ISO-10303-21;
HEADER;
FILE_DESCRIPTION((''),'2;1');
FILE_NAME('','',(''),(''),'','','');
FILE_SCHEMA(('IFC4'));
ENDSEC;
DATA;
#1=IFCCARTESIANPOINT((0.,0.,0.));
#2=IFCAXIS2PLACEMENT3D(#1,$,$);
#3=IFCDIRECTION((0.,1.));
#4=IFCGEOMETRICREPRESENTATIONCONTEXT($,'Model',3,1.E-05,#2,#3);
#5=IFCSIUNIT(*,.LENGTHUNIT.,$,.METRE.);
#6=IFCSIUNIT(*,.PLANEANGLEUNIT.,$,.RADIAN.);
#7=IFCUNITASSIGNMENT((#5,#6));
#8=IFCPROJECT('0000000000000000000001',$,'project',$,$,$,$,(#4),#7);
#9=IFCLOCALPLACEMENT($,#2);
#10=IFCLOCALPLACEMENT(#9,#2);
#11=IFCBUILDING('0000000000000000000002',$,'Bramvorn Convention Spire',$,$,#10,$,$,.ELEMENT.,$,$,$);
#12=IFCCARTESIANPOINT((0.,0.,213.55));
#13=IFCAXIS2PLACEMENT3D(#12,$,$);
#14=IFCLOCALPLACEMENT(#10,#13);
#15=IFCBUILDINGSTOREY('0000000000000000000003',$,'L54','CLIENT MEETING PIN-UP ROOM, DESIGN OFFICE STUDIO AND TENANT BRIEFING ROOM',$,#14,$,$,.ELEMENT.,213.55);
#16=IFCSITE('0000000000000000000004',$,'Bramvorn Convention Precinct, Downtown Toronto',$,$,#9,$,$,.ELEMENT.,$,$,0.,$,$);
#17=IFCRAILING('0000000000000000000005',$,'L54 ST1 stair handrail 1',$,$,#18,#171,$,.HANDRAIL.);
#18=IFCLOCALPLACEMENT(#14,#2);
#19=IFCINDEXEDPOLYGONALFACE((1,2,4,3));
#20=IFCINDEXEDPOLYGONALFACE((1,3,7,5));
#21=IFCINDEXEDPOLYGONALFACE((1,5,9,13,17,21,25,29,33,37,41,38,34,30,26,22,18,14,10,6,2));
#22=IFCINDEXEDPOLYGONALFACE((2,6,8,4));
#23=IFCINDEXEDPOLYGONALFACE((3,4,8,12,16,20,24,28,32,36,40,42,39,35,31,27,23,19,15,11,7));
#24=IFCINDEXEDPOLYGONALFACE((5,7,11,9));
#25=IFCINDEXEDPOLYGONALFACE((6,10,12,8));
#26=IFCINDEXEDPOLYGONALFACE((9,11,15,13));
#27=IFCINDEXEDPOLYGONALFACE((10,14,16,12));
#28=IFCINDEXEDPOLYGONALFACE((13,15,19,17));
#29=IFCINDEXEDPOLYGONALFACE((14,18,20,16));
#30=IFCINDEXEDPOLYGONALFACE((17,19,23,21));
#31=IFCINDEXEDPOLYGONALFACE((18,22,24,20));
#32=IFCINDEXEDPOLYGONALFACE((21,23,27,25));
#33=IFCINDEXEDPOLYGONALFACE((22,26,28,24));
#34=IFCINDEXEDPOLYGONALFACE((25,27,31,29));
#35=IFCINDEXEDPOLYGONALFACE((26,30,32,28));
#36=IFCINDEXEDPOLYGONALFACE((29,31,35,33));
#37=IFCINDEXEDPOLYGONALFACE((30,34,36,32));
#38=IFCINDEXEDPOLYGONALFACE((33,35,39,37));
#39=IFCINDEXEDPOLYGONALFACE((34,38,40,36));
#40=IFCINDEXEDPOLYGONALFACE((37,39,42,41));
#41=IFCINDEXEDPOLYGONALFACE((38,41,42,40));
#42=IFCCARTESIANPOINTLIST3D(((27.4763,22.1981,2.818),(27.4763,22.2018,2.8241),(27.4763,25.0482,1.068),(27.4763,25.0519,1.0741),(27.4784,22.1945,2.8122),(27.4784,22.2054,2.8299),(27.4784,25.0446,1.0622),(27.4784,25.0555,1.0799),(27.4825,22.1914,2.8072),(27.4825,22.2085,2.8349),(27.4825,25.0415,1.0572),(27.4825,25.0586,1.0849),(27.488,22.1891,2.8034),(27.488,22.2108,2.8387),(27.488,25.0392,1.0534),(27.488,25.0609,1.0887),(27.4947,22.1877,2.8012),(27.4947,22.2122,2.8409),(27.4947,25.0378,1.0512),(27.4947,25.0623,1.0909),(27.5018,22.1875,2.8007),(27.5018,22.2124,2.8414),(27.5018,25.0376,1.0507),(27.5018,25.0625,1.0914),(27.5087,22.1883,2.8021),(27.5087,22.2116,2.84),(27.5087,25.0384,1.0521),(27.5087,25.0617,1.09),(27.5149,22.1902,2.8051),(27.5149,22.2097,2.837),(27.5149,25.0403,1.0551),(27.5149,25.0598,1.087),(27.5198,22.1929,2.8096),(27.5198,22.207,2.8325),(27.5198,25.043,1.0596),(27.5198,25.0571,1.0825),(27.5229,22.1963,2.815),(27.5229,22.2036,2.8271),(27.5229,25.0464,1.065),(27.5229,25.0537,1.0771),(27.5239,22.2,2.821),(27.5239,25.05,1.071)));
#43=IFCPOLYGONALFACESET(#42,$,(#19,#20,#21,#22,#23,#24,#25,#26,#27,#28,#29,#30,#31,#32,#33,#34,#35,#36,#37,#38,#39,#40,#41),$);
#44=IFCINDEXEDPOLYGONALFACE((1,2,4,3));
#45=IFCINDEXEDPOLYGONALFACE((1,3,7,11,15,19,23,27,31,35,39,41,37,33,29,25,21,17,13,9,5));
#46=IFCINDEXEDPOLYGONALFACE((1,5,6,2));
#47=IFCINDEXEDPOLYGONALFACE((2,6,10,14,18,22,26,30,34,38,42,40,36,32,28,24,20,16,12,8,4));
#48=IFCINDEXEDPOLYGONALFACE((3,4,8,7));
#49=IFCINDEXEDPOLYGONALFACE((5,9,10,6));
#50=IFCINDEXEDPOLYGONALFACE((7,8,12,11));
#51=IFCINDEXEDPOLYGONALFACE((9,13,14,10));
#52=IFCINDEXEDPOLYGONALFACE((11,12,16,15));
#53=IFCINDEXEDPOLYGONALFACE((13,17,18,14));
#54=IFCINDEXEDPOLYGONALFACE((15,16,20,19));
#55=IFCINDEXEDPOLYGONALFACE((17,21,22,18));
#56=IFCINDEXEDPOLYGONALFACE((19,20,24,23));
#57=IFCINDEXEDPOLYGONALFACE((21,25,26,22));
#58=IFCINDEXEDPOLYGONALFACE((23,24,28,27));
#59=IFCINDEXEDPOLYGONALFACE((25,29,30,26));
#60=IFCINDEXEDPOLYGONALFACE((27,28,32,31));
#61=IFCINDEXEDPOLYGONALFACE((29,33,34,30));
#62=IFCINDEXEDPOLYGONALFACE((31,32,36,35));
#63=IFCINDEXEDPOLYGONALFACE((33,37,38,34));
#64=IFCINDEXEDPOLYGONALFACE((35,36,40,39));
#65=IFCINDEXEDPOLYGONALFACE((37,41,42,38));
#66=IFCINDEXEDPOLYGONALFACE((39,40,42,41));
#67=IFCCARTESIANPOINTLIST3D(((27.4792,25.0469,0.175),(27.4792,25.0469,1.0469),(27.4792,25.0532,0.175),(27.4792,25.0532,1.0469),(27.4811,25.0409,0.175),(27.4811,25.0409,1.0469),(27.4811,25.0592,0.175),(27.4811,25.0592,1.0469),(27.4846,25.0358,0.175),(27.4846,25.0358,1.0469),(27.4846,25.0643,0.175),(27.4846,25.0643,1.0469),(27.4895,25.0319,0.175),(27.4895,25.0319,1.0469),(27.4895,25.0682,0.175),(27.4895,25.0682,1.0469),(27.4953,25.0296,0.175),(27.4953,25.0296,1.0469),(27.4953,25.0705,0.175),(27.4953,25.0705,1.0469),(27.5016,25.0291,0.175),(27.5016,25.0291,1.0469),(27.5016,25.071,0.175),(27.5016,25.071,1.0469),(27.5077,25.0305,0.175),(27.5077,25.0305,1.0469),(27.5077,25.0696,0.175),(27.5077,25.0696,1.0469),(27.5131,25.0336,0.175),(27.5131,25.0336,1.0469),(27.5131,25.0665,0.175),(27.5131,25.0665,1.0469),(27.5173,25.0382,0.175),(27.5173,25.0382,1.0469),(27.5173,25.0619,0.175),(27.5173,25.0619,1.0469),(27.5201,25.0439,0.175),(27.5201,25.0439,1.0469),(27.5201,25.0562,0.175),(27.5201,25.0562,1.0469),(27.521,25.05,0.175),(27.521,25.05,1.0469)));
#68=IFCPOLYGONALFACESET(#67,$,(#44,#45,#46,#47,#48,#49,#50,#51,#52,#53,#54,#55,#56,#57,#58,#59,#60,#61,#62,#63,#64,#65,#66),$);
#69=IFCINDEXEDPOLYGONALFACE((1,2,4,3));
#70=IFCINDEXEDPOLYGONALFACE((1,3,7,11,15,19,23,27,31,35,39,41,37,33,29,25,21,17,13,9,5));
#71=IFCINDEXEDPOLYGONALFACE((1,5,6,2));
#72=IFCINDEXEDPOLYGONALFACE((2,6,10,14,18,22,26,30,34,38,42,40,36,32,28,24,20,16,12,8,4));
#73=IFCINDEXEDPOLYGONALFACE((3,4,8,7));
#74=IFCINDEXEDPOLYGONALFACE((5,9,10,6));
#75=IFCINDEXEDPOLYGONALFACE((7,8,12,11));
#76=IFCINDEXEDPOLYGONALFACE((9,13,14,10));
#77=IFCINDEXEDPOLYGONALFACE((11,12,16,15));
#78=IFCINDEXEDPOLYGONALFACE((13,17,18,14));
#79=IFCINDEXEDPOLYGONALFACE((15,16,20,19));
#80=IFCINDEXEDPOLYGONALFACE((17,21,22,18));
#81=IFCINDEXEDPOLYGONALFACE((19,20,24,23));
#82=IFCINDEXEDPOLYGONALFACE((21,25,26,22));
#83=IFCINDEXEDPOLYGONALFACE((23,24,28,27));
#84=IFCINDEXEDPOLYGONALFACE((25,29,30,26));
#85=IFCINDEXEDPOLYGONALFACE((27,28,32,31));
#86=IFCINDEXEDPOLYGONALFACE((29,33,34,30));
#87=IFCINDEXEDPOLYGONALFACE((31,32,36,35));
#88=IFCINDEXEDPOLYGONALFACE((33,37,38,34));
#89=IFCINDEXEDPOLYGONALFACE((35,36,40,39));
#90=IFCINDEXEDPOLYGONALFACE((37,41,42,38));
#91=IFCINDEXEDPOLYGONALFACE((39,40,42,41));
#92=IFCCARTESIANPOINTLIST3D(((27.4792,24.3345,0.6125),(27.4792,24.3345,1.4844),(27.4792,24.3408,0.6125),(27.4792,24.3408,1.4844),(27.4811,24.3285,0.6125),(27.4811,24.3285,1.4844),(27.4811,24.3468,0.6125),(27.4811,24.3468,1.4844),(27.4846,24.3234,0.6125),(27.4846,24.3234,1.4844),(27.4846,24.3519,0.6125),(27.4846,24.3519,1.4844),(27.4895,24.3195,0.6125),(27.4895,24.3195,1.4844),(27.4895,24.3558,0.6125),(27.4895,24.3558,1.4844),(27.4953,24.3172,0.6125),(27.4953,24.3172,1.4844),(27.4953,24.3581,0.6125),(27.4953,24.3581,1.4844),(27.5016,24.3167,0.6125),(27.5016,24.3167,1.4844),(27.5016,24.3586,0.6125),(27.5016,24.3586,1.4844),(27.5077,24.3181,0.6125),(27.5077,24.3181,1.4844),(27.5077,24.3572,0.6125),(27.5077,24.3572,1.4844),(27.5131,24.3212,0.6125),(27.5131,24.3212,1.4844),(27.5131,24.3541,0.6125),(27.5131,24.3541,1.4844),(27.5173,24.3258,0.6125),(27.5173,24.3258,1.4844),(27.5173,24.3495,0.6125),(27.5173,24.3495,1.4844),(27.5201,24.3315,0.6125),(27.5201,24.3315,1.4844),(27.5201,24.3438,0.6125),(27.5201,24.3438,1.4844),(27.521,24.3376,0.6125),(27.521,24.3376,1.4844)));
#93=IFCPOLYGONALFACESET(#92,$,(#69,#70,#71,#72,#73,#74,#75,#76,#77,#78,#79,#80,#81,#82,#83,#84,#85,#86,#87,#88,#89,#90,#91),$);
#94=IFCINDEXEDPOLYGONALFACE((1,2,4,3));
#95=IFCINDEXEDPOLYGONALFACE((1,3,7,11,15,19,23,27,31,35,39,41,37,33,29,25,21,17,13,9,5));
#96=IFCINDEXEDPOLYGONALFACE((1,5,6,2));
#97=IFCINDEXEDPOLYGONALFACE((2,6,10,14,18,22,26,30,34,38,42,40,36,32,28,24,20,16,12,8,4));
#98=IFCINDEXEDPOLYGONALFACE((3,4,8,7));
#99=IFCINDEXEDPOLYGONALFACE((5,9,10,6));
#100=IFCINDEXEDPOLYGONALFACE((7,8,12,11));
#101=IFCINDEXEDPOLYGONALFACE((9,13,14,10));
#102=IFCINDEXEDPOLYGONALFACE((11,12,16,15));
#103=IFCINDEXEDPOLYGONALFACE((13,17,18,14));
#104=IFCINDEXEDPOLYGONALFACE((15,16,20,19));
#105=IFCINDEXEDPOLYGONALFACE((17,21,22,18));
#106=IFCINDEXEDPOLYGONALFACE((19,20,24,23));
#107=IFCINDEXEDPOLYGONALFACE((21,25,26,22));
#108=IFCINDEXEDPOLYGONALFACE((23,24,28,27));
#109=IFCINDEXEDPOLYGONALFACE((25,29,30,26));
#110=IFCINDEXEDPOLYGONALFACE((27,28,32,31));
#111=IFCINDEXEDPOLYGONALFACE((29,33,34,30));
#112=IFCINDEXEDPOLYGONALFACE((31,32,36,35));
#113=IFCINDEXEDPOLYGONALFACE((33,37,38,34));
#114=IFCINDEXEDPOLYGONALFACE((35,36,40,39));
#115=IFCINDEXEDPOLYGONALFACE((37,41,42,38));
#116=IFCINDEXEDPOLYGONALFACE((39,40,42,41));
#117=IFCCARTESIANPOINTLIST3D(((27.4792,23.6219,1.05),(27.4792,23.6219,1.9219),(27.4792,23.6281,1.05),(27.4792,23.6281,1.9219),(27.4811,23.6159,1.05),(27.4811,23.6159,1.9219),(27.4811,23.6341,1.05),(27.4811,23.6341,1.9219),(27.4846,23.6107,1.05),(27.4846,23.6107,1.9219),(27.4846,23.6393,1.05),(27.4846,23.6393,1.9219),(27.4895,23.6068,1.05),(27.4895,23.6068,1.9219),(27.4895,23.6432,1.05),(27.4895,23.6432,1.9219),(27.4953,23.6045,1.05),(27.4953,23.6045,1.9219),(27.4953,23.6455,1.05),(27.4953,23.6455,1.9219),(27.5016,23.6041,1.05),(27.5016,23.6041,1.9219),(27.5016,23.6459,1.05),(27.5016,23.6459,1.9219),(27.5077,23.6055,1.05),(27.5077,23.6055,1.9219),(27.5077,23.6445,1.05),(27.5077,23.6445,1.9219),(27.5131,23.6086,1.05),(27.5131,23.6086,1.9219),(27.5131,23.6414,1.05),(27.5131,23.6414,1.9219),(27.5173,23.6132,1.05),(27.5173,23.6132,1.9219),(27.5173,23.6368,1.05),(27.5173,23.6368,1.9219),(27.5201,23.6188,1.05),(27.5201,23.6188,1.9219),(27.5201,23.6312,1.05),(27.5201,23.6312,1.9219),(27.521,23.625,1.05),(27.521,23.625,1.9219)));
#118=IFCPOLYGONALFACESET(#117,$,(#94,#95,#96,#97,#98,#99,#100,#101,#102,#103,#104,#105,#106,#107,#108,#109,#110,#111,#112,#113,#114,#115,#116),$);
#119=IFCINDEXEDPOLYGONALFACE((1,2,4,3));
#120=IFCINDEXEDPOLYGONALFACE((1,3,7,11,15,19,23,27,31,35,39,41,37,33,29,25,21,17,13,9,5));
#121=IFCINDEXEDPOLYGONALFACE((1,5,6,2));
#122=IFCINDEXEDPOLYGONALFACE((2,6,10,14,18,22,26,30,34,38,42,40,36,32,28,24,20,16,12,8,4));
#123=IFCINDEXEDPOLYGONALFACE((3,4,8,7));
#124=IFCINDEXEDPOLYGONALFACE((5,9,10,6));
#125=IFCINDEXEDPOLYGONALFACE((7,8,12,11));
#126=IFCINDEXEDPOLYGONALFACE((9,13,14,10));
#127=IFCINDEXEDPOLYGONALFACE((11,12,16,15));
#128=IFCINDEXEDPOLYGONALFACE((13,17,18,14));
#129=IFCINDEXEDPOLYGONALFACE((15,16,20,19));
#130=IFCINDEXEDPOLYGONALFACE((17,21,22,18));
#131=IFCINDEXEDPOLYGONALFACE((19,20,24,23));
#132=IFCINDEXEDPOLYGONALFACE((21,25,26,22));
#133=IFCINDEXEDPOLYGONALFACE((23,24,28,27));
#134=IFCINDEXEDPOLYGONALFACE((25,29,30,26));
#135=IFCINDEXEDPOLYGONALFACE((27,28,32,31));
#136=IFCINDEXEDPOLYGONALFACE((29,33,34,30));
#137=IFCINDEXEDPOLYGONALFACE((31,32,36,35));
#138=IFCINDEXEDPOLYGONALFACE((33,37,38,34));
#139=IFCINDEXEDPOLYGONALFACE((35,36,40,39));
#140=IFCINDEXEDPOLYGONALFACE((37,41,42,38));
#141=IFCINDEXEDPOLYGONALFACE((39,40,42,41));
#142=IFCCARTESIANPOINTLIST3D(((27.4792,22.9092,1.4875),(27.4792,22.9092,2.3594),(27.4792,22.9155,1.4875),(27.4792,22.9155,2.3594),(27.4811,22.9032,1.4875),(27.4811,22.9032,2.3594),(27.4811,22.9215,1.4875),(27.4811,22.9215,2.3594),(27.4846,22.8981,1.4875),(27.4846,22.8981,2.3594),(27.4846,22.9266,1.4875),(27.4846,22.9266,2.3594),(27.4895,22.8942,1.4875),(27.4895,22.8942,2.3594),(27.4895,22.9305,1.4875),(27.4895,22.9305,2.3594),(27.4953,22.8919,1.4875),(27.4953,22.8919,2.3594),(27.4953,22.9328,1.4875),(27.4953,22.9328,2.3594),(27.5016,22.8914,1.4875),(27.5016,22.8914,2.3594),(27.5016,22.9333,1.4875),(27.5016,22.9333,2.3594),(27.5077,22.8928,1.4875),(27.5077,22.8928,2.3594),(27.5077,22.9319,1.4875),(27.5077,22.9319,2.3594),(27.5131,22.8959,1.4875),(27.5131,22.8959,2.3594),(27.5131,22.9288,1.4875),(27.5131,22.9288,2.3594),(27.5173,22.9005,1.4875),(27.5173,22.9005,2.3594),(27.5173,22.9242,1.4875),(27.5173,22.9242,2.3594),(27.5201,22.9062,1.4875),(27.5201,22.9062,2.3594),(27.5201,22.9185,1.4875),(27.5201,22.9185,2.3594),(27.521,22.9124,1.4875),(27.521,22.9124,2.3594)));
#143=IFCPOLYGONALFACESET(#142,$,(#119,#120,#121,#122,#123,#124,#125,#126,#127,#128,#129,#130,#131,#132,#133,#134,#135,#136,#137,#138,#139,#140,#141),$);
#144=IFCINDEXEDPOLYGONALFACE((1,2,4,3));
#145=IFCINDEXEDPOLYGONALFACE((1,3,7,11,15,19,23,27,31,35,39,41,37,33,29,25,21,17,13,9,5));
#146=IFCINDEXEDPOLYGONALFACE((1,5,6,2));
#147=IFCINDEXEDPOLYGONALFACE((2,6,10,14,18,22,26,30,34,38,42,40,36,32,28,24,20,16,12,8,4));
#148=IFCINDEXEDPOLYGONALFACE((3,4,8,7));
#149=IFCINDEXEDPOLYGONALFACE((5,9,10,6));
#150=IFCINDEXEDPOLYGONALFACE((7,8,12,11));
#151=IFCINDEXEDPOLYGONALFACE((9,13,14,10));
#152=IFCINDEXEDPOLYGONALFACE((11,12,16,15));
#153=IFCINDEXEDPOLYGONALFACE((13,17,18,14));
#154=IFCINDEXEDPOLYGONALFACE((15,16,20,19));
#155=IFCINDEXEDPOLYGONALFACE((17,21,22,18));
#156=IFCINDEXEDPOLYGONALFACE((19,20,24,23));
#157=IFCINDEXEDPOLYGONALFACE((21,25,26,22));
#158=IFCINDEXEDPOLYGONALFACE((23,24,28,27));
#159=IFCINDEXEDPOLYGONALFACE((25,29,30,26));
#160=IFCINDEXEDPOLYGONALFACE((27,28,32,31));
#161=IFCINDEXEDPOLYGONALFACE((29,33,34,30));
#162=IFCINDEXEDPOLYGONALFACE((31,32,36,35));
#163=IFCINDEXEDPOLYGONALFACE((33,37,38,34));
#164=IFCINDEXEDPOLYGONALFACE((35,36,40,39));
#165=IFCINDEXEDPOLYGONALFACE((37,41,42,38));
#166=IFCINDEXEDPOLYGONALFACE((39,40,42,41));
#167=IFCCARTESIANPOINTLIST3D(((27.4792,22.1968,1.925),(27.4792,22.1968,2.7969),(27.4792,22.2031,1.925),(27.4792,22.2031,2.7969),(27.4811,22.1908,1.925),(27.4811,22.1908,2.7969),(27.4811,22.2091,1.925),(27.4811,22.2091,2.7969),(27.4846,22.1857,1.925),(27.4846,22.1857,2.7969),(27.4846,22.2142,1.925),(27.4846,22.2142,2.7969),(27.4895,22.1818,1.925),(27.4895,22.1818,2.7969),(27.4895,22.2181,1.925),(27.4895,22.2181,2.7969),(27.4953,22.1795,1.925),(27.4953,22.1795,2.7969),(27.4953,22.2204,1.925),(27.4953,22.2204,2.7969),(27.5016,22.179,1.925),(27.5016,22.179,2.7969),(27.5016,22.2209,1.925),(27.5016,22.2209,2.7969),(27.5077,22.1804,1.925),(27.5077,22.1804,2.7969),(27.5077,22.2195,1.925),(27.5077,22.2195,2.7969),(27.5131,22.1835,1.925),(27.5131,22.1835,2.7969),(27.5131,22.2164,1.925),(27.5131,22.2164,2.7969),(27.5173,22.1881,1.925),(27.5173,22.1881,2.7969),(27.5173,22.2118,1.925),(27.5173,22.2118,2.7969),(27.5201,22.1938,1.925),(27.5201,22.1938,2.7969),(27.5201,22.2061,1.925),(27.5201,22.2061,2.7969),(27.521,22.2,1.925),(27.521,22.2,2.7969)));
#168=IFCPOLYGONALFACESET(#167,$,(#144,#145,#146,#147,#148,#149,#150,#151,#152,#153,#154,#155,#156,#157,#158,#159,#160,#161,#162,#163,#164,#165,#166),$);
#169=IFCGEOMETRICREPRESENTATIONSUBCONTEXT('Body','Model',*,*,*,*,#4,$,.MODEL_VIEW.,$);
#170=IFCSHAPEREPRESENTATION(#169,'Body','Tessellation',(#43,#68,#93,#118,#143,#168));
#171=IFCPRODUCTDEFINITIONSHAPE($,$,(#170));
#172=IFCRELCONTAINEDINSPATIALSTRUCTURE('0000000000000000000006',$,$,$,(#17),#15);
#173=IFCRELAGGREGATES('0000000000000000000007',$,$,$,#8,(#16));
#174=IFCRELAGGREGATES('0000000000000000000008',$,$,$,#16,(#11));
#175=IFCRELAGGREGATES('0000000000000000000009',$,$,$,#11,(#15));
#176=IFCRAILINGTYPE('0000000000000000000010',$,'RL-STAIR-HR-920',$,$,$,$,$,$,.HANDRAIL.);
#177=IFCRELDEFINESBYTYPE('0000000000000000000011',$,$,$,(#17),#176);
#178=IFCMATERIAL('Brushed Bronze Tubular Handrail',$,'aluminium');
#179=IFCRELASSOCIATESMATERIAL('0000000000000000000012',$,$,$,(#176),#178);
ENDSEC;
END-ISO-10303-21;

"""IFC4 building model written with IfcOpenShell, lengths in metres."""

from ifc_helpers import new_model, si_unit, direction, frame, origin, origin_2d, place, context, subcontext, project, spatial, circle, extrude, material, type_object, element, save


model = new_model("IFC4")

# Units and contexts
model_context = context("Model", 3, precision=1e-05, world=origin(), true_north=direction((0.0, 1.0)))
body_context = subcontext(model_context, "Body", "Model", "MODEL_VIEW")
ifc_project = project(units=[si_unit("LENGTHUNIT", "METRE"), si_unit("PLANEANGLEUNIT", "RADIAN")], contexts=[model_context])

# Site, building, storey
site_placement = place(None, origin())
site = spatial("IfcSite", under=ifc_project, at=site_placement, Name="Bramvorn Convention Precinct, Downtown Toronto", CompositionType="ELEMENT", RefElevation=0.0)
building_placement = place(site_placement, origin())
building = spatial("IfcBuilding", under=site, at=building_placement, Name="Bramvorn Convention Spire", CompositionType="ELEMENT")
storey_placement = place(building_placement, frame((0.0, 0.0, 213.55)))
storey = spatial("IfcBuildingStorey", under=building, at=storey_placement, Name="L54", Description="CLIENT MEETING PIN-UP ROOM, DESIGN OFFICE STUDIO AND TENANT BRIEFING ROOM", CompositionType="ELEMENT", Elevation=213.55)

# Railing
ifc_material_1 = material(Name="Brushed Bronze Tubular Handrail", Category="aluminium")
railing_type_1 = type_object("IfcRailingType", Name="RL-STAIR-HR-920", PredefinedType="HANDRAIL", material=ifc_material_1)
railing_1_placement = place(storey_placement, frame((27.5, 25.05, 0.175)))
element("IfcRailing", 1, at=railing_1_placement, inside=storey, type_object=railing_type_1, Name="L54 ST1 stair handrail 1", PredefinedType="HANDRAIL", context=body_context, shape_type="SweptSolid", body=[
    extrude(circle(Radius=0.0239, at=origin_2d()), frame((0.0, 0.0, 0.896), z_axis=(0.0, -0.852179, 0.52325), x_axis=(1.0, 0.0, 0.0)), (0.0, 0.0, 1.0), 3.3445),
    extrude(circle(Radius=0.021, at=origin_2d()), origin(), (0.0, 0.0, 1.0), 0.8718),
    extrude(circle(Radius=0.021, at=origin_2d()), frame((0.0, -0.7124, 0.4375)), (0.0, 0.0, 1.0), 0.8718),
    extrude(circle(Radius=0.021, at=origin_2d()), frame((0.0, -1.425, 0.875)), (0.0, 0.0, 1.0), 0.8718),
    extrude(circle(Radius=0.021, at=origin_2d()), frame((0.0, -2.1377, 1.3125)), (0.0, 0.0, 1.0), 0.8718),
    extrude(circle(Radius=0.021, at=origin_2d()), frame((0.0, -2.8501, 1.75)), (0.0, 0.0, 1.0), 0.8718),
])

save(model, "model.ifc")
